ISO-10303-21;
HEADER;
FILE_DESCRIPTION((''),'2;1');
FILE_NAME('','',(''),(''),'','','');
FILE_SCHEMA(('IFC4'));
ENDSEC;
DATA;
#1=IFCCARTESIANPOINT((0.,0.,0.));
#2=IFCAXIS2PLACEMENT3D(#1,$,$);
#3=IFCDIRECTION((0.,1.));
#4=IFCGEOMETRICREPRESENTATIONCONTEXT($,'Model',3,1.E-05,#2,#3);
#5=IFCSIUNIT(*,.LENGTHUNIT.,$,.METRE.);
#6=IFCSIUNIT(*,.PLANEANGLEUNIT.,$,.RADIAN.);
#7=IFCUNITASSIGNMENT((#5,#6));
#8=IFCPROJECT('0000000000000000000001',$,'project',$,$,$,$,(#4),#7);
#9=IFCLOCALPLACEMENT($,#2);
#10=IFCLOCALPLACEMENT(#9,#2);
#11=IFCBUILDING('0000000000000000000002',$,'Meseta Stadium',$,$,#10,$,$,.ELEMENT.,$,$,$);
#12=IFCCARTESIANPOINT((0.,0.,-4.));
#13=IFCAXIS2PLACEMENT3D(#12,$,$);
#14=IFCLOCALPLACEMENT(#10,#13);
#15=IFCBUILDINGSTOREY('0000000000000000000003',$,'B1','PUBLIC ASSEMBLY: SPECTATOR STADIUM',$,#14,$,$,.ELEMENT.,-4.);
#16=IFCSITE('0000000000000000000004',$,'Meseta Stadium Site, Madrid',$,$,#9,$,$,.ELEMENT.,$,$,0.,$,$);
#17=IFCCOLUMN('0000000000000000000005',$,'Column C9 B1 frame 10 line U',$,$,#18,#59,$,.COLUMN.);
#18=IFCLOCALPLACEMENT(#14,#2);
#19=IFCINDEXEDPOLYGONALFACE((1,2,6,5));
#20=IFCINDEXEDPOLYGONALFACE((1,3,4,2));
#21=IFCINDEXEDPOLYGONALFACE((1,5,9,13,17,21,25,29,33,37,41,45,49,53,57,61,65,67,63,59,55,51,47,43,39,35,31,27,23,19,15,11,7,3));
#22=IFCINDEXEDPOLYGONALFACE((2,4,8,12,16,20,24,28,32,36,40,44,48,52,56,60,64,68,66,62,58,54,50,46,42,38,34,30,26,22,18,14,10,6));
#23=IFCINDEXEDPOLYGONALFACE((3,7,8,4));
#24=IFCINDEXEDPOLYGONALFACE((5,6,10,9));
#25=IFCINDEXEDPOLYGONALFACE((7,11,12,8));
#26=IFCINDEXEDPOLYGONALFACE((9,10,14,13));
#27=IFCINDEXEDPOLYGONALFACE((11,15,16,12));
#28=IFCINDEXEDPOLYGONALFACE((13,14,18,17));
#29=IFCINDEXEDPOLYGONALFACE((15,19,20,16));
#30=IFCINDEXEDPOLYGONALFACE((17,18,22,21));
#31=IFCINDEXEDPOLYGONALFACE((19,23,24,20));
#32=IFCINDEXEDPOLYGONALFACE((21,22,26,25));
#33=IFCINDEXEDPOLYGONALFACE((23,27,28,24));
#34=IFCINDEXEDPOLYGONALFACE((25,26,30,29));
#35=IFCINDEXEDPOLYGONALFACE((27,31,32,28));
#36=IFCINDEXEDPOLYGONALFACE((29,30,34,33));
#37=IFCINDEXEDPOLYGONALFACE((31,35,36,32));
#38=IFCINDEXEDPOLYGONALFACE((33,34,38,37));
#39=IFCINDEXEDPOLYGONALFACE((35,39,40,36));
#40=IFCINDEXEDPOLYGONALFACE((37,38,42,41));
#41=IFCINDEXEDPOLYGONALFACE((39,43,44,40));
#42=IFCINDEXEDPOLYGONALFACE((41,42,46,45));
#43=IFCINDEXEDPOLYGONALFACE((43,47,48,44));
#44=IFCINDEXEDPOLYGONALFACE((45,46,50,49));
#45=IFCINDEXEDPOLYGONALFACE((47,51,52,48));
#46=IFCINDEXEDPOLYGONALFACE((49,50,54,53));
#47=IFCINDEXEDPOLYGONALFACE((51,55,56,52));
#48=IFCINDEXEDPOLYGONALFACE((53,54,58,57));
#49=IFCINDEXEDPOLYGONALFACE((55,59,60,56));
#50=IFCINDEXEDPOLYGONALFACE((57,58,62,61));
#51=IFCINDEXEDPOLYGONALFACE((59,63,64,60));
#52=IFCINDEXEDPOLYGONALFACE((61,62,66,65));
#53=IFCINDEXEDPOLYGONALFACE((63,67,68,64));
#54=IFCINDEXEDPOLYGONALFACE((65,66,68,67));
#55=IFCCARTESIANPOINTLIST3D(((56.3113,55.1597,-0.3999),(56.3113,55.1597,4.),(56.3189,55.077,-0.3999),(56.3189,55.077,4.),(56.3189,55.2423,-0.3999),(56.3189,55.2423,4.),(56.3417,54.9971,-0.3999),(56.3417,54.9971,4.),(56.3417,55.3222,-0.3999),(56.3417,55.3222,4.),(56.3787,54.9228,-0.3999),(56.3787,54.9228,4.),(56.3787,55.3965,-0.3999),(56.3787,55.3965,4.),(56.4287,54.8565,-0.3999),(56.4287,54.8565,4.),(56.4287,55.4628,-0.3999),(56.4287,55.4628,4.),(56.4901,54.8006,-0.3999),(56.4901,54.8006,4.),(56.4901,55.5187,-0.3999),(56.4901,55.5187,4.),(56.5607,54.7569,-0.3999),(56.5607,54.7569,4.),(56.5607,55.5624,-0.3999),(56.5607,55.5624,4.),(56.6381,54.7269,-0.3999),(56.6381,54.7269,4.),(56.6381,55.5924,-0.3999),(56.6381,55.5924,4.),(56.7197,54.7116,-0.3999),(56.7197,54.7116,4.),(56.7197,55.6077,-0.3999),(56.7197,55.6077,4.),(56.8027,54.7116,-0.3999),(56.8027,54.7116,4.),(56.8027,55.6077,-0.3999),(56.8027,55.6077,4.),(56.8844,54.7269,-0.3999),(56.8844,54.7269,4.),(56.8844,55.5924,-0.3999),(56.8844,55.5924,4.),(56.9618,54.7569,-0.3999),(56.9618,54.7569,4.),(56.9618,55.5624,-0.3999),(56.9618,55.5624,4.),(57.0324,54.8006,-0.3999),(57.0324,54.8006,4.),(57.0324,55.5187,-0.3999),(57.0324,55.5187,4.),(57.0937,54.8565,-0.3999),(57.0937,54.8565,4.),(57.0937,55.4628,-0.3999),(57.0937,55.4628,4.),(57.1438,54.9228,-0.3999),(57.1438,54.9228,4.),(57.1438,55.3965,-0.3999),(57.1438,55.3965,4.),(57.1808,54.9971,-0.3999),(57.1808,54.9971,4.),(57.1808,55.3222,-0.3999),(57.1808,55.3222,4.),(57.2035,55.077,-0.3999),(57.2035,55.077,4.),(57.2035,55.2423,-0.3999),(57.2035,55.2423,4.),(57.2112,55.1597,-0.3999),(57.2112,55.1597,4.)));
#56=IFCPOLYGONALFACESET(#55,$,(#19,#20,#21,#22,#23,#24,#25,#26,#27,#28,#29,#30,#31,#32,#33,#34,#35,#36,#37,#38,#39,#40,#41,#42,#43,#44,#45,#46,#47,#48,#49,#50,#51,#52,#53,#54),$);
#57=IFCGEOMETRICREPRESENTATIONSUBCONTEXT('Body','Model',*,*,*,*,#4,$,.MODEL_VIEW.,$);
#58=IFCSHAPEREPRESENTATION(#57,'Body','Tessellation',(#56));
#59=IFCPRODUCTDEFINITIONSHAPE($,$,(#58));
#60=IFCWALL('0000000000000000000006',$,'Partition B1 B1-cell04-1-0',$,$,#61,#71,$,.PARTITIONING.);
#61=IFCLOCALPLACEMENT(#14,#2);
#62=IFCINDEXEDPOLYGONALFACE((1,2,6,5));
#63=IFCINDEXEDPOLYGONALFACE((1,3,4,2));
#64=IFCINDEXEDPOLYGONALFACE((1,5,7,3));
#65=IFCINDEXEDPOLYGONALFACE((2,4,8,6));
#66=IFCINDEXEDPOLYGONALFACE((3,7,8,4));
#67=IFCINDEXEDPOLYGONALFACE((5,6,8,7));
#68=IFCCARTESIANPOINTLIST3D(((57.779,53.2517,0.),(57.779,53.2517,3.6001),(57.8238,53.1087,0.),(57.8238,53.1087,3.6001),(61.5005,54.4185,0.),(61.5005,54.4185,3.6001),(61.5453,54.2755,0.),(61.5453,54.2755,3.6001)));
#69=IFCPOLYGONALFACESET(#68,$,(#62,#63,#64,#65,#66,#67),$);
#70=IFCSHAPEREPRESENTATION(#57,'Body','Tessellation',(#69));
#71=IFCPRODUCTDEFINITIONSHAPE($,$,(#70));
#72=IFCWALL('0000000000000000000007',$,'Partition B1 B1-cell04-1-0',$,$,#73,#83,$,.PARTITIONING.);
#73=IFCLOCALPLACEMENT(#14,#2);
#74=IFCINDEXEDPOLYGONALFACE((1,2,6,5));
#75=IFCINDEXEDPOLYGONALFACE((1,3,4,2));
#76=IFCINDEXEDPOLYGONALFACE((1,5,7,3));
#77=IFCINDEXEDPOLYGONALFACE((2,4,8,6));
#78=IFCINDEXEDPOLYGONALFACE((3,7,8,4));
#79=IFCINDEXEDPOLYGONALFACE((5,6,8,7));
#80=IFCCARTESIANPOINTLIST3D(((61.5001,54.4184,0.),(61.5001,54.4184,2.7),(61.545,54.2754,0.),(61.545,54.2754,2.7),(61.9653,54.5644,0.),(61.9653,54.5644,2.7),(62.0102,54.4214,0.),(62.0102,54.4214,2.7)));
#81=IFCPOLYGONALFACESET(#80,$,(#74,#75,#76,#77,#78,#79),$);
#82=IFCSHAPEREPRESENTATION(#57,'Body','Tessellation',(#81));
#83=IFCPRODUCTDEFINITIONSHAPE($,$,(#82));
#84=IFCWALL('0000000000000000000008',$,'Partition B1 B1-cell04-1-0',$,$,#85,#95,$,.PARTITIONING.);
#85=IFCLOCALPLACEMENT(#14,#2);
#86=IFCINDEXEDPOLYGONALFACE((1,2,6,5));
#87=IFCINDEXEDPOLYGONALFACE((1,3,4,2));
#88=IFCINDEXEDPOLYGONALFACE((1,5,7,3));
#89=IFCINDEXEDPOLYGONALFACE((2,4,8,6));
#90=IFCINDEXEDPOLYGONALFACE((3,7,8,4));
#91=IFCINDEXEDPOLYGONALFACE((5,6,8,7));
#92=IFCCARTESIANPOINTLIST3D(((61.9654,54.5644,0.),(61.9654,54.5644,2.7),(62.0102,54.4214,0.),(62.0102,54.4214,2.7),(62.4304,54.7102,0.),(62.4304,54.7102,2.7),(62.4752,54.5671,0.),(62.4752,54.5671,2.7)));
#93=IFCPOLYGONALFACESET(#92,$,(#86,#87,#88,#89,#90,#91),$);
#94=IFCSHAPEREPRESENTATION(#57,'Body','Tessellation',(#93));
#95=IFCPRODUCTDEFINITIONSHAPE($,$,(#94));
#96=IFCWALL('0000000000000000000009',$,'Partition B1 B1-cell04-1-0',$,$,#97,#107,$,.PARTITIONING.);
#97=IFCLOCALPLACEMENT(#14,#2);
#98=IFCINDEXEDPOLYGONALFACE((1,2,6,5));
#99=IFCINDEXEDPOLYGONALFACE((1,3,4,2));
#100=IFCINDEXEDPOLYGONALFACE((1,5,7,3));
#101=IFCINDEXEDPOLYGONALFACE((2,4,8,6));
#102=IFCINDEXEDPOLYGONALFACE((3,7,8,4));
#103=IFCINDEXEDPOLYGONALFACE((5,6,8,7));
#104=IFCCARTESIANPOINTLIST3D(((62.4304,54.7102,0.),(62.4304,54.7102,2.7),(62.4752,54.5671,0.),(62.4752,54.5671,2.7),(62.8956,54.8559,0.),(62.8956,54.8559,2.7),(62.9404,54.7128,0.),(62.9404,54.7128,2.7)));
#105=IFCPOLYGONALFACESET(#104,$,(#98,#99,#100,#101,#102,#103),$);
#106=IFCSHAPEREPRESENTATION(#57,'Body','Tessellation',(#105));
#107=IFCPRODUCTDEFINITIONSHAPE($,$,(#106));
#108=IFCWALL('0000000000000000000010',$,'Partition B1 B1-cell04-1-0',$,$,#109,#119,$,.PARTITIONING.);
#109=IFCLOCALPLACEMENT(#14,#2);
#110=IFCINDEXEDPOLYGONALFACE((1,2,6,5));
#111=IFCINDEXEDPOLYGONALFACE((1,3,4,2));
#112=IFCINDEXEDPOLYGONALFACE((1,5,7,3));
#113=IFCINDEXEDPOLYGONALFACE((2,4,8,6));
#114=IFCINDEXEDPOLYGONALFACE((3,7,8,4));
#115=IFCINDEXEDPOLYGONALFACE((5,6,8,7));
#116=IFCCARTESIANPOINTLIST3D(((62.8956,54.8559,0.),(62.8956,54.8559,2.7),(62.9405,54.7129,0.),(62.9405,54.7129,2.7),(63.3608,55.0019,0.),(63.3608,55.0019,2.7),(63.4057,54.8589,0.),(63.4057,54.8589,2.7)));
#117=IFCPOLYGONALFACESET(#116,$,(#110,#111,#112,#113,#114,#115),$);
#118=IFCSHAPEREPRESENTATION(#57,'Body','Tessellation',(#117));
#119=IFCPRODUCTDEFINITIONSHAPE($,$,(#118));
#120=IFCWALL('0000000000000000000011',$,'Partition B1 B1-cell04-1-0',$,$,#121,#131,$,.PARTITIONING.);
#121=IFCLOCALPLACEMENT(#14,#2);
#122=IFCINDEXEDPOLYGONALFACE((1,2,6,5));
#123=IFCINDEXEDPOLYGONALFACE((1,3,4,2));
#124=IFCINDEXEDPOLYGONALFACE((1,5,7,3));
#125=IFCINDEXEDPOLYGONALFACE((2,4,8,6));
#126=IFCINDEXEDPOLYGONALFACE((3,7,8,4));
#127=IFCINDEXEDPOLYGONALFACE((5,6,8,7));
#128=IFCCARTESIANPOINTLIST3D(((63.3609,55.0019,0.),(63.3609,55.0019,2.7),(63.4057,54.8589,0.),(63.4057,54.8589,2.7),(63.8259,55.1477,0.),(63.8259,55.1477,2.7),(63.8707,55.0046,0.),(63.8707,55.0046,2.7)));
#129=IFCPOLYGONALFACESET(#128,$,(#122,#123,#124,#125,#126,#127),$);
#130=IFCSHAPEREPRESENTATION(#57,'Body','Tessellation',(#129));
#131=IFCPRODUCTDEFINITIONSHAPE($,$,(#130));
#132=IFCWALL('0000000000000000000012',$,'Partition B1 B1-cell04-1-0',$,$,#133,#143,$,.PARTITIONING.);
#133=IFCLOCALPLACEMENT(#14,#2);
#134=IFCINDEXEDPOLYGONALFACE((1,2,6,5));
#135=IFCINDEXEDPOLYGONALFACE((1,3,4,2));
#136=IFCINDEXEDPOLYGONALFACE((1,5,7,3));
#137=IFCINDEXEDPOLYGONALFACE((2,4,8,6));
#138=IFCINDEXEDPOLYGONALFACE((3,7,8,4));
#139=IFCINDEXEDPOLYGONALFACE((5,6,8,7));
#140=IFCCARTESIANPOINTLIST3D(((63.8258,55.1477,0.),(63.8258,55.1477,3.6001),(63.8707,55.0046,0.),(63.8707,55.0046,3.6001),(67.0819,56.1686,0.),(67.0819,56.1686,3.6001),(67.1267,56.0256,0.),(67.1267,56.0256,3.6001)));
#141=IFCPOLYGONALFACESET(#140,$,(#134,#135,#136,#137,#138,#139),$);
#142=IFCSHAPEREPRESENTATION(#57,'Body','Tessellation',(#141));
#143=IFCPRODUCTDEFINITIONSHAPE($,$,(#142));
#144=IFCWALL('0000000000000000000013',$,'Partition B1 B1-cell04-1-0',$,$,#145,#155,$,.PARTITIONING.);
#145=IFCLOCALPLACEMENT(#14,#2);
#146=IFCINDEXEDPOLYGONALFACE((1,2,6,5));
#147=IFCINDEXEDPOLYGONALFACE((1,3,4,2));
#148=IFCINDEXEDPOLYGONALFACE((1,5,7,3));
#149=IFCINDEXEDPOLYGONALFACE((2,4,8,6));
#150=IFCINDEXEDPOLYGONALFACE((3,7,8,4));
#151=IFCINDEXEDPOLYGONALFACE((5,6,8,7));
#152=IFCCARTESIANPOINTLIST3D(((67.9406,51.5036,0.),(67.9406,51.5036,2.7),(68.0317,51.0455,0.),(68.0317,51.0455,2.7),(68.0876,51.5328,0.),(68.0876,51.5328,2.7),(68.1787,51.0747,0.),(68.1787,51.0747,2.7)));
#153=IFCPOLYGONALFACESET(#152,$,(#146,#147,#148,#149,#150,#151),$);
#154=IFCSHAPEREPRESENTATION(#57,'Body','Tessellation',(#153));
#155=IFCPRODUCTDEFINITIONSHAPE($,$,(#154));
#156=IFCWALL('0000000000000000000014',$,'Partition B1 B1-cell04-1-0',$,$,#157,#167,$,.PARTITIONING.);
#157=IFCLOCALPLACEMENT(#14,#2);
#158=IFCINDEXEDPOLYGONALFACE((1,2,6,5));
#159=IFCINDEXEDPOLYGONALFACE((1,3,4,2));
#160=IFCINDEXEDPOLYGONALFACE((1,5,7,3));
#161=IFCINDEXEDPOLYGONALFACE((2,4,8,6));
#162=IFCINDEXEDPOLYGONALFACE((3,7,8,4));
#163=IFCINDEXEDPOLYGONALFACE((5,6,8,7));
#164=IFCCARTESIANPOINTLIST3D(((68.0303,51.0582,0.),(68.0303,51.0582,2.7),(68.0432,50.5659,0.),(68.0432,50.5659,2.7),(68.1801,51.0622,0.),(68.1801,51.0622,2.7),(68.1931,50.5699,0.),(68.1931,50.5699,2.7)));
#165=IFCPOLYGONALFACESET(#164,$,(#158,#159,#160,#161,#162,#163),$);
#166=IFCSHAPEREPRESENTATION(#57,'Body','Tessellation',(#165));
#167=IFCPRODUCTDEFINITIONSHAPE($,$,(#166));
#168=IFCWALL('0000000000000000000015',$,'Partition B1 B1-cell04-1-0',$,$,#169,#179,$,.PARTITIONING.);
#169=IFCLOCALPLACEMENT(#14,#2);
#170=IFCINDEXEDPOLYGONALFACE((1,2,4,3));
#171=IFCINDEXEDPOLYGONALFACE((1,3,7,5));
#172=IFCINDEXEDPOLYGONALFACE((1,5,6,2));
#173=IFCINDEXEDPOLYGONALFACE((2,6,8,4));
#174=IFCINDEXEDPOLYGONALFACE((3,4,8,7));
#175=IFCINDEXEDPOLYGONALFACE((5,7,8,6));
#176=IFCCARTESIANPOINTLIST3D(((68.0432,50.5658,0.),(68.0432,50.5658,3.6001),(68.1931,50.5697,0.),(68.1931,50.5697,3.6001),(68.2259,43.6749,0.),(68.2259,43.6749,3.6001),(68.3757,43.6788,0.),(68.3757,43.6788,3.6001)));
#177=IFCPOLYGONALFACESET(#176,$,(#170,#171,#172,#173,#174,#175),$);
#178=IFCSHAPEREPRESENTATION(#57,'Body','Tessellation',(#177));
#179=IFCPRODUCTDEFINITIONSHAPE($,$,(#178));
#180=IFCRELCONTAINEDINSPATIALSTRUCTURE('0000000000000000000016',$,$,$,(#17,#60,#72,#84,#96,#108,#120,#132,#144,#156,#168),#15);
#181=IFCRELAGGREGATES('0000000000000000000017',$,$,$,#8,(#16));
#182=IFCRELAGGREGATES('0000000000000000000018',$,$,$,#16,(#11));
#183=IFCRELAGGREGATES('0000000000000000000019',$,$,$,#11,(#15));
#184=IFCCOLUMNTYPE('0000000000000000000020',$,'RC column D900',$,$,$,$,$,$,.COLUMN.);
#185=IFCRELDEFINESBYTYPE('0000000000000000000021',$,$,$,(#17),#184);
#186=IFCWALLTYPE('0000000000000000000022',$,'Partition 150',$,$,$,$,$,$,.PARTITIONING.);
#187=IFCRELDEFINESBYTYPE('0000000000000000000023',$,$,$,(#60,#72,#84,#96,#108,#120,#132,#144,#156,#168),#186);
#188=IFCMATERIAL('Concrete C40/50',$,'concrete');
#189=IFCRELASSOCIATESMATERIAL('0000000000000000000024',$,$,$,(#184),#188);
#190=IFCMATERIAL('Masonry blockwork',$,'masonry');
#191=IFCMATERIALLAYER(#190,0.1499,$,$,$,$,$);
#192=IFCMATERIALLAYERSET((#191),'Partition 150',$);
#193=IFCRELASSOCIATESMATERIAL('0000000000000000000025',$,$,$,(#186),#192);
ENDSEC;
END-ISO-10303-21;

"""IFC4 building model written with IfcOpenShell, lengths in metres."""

from ifc_helpers import new_model, si_unit, direction, frame, frame_2d, origin, origin_2d, place, context, subcontext, project, spatial, rectangle, circle, extrude, material, layer, layer_set, material_profile, profile_set, type_object, element, save


model = new_model("IFC4")

# Units and contexts
model_context = context("Model", 3, precision=1e-05, world=origin(), true_north=direction((0.0, 1.0)))
body_context = subcontext(model_context, "Body", "Model", "MODEL_VIEW")
ifc_project = project(units=[si_unit("LENGTHUNIT", "METRE"), si_unit("PLANEANGLEUNIT", "RADIAN")], contexts=[model_context])

# Site, building, storey
site_placement = place(None, origin())
site = spatial("IfcSite", under=ifc_project, at=site_placement, Name="Meseta Stadium Site, Madrid", CompositionType="ELEMENT", RefElevation=0.0)
building_placement = place(site_placement, origin())
building = spatial("IfcBuilding", under=site, at=building_placement, Name="Meseta Stadium", CompositionType="ELEMENT")
storey_placement = place(building_placement, frame((0.0, 0.0, -4.0)))
storey = spatial("IfcBuildingStorey", under=building, at=storey_placement, Name="B1", Description="PUBLIC ASSEMBLY: SPECTATOR STADIUM", CompositionType="ELEMENT", Elevation=-4.0)

# Column
ifc_material_1 = material(Name="Concrete C40/50", Category="concrete")
ifc_material_profile_1 = material_profile(ifc_material_1, circle(Radius=0.45, at=origin_2d()), Name="RC D900")
ifc_profile_set_1 = profile_set([ifc_material_profile_1], Name="Concrete C40/50")
column_type_1 = type_object("IfcColumnType", Name="RC column D900", PredefinedType="COLUMN", material=ifc_profile_set_1)
for number, where, z_axis, x_axis, name in (
    (1, (56.7612, 55.1597, -0.3999), (0.0, 0.0, 1.0), (1.0, 0.0, 0.0), "Column C9 B1 frame 10 line U"),
):
    element("IfcColumn", number, at=place(storey_placement, frame(where, z_axis=z_axis, x_axis=x_axis)), inside=storey, type_object=column_type_1, Name=name, PredefinedType="COLUMN", context=body_context, shape_type="SweptSolid", body=[
        extrude(circle(Radius=0.45, at=origin_2d()), origin(), (0.0, 0.0, 1.0), 4.3999),
    ])

# Walls
ifc_material_2 = material(Name="Masonry blockwork", Category="masonry")
ifc_layer = layer(ifc_material_2, 0.1499)
ifc_layer_set = layer_set([ifc_layer], Name="Partition 150")
wall_type = type_object("IfcWallType", Name="Partition 150", PredefinedType="PARTITIONING", material=ifc_layer_set)
wall_1_placement = place(storey_placement, frame((57.8013, 53.1802, 0.0), z_axis=(0.0, 0.0, 1.0), x_axis=(0.954202, 0.299162, 0.0)))
element("IfcWall", 2, at=wall_1_placement, inside=storey, type_object=wall_type, Name="Partition B1 B1-cell04-1-0", PredefinedType="PARTITIONING", context=body_context, shape_type="SweptSolid", body=[
    extrude(rectangle(XDim=3.9001, YDim=0.1499, at=frame_2d((1.9502, 0.0))), origin(), (0.0, 0.0, 1.0), 3.6001),
])
wall_2_placement = place(storey_placement, frame((61.5227, 54.3469, 0.0), z_axis=(0.0, 0.0, 1.0), x_axis=(0.954096, 0.299501, 0.0)))
element("IfcWall", 3, at=wall_2_placement, inside=storey, type_object=wall_type, Name="Partition B1 B1-cell04-1-0", PredefinedType="PARTITIONING", context=body_context, shape_type="SweptSolid", body=[
    extrude(rectangle(XDim=0.4875, YDim=0.1499, at=frame_2d((0.2437, 0.0))), origin(), (0.0, 0.0, 1.0), 2.7),
])
wall_3_placement = place(storey_placement, frame((61.9878, 54.4929, 0.0), z_axis=(0.0, 0.0, 1.0), x_axis=(0.954239, 0.299045, 0.0)))
element("IfcWall", 4, at=wall_3_placement, inside=storey, type_object=wall_type, Name="Partition B1 B1-cell04-1-0", PredefinedType="PARTITIONING", context=body_context, shape_type="SweptSolid", body=[
    extrude(rectangle(XDim=0.4873, YDim=0.1499, at=frame_2d((0.2437, 0.0))), origin(), (0.0, 0.0, 1.0), 2.7),
])
for number, where, z_axis, x_axis, name in (
    (5, (62.4529, 54.6387, 0.0), (0.0, 0.0, 1.0), (0.954284, 0.298902, 0.0), "Partition B1 B1-cell04-1-0"),
    (6, (62.9182, 54.7844, 0.0), (0.0, 0.0, 1.0), (0.954096, 0.299501, 0.0), "Partition B1 B1-cell04-1-0"),
):
    element("IfcWall", number, at=place(storey_placement, frame(where, z_axis=z_axis, x_axis=x_axis)), inside=storey, type_object=wall_type, Name=name, PredefinedType="PARTITIONING", context=body_context, shape_type="SweptSolid", body=[
        extrude(rectangle(XDim=0.4875, YDim=0.1499, at=frame_2d((0.2437, 0.0))), origin(), (0.0, 0.0, 1.0), 2.7),
    ])
wall_4_placement = place(storey_placement, frame((63.3833, 54.9304, 0.0), z_axis=(0.0, 0.0, 1.0), x_axis=(0.954239, 0.299045, 0.0)))
element("IfcWall", 7, at=wall_4_placement, inside=storey, type_object=wall_type, Name="Partition B1 B1-cell04-1-0", PredefinedType="PARTITIONING", context=body_context, shape_type="SweptSolid", body=[
    extrude(rectangle(XDim=0.4873, YDim=0.1499, at=frame_2d((0.2437, 0.0))), origin(), (0.0, 0.0, 1.0), 2.7),
])
wall_5_placement = place(storey_placement, frame((63.8484, 55.0762, 0.0), z_axis=(0.0, 0.0, 1.0), x_axis=(0.954191, 0.2992, 0.0)))
element("IfcWall", 8, at=wall_5_placement, inside=storey, type_object=wall_type, Name="Partition B1 B1-cell04-1-0", PredefinedType="PARTITIONING", context=body_context, shape_type="SweptSolid", body=[
    extrude(rectangle(XDim=3.4124, YDim=0.1499, at=frame_2d((1.7061, 0.0))), origin(), (0.0, 0.0, 1.0), 3.6001),
])
wall_6_placement = place(storey_placement, frame((68.0142, 51.5181, 0.0), z_axis=(0.0, 0.0, 1.0), x_axis=(0.19501, -0.980801, 0.0)))
element("IfcWall", 9, at=wall_6_placement, inside=storey, type_object=wall_type, Name="Partition B1 B1-cell04-1-0", PredefinedType="PARTITIONING", context=body_context, shape_type="SweptSolid", body=[
    extrude(rectangle(XDim=0.467, YDim=0.1499, at=frame_2d((0.2334, 0.0))), origin(), (0.0, 0.0, 1.0), 2.7),
])
wall_7_placement = place(storey_placement, frame((68.1052, 51.0601, 0.0), z_axis=(0.0, 0.0, 1.0), x_axis=(0.026281, -0.999655, 0.0)))
element("IfcWall", 10, at=wall_7_placement, inside=storey, type_object=wall_type, Name="Partition B1 B1-cell04-1-0", PredefinedType="PARTITIONING", context=body_context, shape_type="SweptSolid", body=[
    extrude(rectangle(XDim=0.4924, YDim=0.1499, at=frame_2d((0.2461, 0.0))), origin(), (0.0, 0.0, 1.0), 2.7),
])
wall_8_placement = place(storey_placement, frame((68.1182, 50.5679, 0.0), z_axis=(0.0, 0.0, 1.0), x_axis=(0.026492, -0.999649, 0.0)))
element("IfcWall", 11, at=wall_8_placement, inside=storey, type_object=wall_type, Name="Partition B1 B1-cell04-1-0", PredefinedType="PARTITIONING", context=body_context, shape_type="SweptSolid", body=[
    extrude(rectangle(XDim=6.8933, YDim=0.1499, at=frame_2d((3.4468, 0.0))), origin(), (0.0, 0.0, 1.0), 3.6001),
])

save(model, "model.ifc")
